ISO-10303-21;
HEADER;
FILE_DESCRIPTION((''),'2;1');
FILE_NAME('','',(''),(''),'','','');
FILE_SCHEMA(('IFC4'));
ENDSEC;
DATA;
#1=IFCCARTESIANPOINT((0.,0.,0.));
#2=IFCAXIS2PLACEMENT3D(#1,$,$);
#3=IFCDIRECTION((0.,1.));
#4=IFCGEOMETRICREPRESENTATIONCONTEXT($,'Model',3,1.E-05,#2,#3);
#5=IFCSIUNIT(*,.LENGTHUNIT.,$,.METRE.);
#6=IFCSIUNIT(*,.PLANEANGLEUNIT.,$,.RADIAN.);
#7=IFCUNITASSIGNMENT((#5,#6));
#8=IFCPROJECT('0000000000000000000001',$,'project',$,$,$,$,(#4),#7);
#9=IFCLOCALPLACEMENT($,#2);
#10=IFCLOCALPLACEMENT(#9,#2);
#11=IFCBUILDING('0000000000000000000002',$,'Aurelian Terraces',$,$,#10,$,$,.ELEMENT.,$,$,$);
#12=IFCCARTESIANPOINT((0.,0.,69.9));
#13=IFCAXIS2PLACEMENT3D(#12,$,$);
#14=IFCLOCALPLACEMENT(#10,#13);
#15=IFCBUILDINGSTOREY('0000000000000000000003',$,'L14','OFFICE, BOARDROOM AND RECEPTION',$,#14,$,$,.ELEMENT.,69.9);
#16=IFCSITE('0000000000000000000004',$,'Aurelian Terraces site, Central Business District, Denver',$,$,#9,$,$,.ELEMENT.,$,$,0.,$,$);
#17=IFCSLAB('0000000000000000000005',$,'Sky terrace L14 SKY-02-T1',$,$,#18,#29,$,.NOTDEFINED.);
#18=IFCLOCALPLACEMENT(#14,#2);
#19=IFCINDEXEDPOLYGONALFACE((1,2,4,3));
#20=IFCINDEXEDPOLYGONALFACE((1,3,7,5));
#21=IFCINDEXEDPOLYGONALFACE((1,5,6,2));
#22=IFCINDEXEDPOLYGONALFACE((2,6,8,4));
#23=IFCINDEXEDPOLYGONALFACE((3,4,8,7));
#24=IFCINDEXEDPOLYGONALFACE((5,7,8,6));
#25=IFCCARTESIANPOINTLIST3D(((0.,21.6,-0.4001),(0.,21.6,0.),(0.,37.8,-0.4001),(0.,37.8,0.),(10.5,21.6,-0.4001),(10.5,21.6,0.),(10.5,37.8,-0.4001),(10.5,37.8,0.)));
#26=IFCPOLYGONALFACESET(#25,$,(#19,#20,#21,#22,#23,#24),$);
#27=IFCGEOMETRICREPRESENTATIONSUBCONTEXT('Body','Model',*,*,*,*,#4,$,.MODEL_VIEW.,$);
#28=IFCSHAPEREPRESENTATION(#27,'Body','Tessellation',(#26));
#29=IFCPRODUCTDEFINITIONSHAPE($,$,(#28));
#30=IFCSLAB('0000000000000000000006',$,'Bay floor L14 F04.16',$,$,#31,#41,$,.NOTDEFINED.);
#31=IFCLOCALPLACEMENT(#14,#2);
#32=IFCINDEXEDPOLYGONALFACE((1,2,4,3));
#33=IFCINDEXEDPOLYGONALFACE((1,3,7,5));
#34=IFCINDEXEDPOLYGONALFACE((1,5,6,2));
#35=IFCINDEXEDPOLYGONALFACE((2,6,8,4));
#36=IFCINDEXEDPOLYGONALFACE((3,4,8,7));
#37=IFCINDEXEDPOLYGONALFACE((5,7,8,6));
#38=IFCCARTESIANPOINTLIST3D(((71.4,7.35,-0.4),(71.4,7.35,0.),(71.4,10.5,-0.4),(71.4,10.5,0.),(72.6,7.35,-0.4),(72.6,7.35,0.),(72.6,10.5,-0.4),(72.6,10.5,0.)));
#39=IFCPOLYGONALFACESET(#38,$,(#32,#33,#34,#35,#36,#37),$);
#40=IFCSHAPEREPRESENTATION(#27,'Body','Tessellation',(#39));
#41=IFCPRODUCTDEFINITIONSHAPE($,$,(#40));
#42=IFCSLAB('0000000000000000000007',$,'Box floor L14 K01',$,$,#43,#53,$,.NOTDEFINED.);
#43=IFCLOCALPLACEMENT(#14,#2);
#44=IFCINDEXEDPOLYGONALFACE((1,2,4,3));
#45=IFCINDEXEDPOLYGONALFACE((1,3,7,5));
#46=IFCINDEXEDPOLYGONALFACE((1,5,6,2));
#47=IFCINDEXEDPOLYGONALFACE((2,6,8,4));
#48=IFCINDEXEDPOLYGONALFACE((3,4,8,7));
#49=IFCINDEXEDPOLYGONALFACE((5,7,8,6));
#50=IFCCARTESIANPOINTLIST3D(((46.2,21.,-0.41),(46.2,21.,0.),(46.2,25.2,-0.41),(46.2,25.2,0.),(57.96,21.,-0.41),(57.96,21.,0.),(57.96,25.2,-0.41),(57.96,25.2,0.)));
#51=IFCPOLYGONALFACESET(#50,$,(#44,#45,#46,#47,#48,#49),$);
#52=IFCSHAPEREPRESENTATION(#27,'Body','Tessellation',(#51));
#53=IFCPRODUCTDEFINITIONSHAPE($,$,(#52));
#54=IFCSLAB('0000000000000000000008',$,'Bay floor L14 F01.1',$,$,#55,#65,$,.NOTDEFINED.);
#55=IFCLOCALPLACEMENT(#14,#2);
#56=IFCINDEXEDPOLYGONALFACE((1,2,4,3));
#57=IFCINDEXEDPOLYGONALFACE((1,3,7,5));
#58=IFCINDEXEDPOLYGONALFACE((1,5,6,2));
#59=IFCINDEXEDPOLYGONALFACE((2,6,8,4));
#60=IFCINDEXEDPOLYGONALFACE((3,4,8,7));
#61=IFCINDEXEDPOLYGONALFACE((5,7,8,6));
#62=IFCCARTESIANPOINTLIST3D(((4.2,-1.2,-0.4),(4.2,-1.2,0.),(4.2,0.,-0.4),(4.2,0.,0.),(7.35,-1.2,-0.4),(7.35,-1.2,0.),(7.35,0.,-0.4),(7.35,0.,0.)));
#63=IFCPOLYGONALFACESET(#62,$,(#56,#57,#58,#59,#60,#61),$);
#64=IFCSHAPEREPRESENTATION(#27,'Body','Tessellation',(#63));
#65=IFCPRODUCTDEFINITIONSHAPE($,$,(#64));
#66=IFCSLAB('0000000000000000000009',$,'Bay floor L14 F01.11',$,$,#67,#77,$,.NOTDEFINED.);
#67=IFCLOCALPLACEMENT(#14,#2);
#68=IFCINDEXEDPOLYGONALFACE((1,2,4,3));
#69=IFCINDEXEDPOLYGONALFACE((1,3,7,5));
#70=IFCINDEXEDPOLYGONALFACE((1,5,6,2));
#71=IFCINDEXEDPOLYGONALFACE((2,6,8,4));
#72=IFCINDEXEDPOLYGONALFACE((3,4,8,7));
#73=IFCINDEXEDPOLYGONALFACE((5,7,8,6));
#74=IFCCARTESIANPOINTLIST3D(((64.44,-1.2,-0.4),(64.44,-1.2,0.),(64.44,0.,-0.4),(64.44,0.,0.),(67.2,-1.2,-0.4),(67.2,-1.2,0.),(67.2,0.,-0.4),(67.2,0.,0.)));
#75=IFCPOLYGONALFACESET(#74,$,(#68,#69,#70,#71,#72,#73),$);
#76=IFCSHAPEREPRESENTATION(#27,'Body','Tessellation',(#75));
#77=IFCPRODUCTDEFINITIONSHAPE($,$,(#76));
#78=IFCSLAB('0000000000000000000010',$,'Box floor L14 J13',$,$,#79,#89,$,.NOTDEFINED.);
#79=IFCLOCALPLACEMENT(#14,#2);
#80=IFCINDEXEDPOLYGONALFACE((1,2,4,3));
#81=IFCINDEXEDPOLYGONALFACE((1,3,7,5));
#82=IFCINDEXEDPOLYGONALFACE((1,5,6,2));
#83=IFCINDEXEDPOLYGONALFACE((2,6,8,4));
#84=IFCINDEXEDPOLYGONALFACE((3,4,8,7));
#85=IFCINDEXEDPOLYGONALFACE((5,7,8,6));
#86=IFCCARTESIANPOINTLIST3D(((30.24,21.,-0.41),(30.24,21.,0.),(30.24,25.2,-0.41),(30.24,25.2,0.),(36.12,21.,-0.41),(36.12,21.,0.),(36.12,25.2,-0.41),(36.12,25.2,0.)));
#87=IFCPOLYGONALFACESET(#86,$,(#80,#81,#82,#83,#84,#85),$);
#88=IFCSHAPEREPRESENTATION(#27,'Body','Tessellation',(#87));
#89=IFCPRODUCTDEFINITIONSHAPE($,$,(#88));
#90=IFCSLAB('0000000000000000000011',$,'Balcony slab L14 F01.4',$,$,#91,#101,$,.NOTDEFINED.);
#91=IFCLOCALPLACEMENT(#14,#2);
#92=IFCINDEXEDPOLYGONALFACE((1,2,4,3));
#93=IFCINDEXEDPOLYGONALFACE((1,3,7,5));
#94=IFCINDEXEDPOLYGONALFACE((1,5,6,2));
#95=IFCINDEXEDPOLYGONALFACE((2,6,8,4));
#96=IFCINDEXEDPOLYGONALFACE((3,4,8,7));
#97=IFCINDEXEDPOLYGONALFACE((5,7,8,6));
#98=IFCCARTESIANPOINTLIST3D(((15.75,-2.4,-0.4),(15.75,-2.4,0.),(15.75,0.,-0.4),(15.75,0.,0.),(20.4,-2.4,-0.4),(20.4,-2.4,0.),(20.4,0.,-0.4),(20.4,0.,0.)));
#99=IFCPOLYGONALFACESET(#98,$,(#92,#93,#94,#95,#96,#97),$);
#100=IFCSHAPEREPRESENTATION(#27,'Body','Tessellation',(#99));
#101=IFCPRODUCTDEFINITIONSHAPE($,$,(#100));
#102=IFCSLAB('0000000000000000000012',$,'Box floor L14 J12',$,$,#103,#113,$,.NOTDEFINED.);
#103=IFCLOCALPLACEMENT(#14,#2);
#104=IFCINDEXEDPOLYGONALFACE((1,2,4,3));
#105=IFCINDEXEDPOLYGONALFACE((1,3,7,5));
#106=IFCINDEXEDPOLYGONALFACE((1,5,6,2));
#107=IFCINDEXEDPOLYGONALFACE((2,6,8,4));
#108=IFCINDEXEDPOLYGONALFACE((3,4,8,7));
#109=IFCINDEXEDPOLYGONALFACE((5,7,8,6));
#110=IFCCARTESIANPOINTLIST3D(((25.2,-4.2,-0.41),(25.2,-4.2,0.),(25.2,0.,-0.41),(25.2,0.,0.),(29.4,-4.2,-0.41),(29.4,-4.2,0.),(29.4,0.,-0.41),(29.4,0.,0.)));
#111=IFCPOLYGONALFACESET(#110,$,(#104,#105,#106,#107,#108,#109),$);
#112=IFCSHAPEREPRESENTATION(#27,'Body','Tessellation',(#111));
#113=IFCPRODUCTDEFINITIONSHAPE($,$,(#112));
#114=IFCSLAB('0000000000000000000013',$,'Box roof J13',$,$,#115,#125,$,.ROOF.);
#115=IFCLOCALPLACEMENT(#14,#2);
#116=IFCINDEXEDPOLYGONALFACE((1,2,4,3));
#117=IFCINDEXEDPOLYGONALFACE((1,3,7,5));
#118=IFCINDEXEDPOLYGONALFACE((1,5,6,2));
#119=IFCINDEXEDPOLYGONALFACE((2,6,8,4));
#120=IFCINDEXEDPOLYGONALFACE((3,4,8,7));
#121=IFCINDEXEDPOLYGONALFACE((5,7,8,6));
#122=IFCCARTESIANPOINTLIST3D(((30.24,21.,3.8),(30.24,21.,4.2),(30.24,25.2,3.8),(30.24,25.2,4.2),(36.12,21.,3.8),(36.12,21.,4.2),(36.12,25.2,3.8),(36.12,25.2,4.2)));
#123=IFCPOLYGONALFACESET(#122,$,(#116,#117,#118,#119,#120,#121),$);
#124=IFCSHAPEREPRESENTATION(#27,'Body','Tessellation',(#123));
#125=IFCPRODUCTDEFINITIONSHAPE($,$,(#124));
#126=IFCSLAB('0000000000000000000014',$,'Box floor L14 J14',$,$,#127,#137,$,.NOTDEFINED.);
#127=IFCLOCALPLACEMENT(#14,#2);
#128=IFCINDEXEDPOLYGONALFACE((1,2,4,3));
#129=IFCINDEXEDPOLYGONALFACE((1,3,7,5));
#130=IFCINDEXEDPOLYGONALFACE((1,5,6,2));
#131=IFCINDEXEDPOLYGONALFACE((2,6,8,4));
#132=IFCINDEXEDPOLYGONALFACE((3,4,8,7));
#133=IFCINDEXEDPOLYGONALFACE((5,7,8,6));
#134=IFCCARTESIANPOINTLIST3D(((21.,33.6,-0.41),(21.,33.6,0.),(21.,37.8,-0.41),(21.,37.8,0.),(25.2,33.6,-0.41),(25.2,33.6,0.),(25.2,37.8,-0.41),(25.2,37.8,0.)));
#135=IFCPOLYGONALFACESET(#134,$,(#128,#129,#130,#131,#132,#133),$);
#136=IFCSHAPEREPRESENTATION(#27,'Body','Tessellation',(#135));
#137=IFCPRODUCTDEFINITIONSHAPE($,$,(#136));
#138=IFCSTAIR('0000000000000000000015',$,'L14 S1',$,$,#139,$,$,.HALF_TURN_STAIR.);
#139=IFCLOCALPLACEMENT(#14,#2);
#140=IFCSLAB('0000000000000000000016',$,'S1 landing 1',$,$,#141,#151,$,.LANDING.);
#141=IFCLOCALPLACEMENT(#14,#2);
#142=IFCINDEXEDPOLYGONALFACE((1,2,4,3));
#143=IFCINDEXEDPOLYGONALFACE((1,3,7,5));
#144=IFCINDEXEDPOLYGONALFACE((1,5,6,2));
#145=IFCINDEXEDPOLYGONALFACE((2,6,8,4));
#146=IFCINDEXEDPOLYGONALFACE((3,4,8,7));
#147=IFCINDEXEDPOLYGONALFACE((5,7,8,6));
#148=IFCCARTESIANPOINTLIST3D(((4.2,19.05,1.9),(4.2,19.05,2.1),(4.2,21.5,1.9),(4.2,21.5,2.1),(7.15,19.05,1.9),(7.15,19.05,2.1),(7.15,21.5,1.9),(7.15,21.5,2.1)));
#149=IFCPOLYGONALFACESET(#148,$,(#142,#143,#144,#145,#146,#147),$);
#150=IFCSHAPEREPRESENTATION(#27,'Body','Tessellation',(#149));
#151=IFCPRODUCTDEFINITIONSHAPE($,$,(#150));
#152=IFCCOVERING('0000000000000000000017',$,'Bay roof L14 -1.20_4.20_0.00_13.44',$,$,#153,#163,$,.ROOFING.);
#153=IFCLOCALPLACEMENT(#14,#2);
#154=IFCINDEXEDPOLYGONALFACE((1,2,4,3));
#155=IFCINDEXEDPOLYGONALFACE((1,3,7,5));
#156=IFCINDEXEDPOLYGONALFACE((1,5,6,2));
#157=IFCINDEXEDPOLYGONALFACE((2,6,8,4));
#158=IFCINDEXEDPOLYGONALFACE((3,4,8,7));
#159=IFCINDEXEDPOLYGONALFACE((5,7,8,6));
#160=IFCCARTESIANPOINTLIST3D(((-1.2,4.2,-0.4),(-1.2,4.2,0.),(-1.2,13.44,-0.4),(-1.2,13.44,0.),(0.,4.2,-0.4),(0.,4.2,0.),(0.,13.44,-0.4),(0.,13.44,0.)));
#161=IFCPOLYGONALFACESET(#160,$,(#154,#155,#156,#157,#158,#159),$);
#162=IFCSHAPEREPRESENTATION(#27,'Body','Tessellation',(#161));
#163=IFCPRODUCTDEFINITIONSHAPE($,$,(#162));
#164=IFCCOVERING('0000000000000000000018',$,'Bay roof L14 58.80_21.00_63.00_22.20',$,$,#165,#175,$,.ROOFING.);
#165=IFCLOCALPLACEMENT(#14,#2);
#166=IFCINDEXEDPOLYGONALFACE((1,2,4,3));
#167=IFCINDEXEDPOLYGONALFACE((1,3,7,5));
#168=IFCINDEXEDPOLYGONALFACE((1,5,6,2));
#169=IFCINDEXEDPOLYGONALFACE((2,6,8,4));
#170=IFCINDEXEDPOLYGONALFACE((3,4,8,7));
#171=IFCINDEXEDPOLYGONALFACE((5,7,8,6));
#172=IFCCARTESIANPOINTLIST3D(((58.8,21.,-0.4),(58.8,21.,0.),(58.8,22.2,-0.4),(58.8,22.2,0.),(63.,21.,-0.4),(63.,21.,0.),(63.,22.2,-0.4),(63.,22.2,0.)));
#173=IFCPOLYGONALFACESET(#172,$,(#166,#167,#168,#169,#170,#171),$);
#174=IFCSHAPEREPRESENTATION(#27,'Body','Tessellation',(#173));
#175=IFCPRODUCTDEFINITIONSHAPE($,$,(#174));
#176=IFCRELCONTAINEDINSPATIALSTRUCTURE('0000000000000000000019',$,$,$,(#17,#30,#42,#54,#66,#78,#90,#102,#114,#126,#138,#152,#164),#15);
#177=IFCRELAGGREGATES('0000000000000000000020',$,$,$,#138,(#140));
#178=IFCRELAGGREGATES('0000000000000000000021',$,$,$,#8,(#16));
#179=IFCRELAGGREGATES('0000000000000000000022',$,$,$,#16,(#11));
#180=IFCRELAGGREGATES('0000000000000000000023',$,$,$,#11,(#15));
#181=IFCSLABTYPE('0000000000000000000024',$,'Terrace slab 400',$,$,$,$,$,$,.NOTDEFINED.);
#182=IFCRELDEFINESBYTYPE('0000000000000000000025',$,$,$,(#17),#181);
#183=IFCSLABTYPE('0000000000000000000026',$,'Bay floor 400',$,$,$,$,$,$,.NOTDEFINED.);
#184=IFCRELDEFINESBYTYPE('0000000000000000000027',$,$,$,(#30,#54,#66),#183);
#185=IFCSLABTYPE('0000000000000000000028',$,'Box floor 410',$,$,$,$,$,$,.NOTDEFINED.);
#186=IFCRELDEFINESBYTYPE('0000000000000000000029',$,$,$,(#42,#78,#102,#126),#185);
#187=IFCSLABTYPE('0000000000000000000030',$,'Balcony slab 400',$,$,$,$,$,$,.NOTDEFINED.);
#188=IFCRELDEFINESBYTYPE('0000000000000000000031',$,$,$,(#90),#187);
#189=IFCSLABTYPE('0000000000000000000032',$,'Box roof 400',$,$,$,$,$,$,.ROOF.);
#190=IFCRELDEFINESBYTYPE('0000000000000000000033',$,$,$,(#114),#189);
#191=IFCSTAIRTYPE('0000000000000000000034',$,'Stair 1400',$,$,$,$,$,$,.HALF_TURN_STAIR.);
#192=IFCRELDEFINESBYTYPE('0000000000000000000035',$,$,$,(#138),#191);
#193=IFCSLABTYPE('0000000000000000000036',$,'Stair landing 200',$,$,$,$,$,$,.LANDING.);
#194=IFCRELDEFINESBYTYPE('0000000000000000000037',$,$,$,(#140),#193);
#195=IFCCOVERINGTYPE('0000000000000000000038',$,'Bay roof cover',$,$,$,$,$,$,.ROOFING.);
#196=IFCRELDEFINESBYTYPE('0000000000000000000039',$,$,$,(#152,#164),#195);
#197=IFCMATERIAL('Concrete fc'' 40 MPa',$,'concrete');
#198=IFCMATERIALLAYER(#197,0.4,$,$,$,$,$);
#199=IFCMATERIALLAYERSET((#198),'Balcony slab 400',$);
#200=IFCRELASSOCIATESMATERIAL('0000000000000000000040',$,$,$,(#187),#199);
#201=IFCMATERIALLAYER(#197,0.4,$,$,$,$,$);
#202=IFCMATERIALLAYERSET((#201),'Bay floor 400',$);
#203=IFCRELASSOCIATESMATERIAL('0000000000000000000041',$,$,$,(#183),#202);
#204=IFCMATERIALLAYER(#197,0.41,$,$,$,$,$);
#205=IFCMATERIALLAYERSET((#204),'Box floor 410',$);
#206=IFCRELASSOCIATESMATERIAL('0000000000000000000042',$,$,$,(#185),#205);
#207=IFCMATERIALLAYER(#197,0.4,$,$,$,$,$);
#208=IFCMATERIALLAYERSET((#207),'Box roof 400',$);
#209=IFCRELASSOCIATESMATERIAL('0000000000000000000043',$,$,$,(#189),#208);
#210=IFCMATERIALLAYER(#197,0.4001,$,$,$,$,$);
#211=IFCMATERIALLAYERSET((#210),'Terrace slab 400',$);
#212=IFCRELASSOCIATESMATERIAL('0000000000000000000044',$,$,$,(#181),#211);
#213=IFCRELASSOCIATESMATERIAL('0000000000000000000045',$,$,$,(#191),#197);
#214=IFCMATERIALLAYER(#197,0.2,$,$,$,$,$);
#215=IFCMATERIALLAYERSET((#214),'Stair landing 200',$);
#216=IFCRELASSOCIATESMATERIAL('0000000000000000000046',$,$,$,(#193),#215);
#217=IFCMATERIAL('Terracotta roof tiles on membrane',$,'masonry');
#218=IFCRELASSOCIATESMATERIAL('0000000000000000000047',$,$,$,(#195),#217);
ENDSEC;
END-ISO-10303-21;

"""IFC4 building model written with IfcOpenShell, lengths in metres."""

from ifc_helpers import new_model, si_unit, direction, frame, origin, place, context, subcontext, project, spatial, polyline, outline, extrude, source, transform, mapped, material, layer, layer_set, type_object, element, aggregate, save


model = new_model("IFC4")

# Units and contexts
model_context = context("Model", 3, precision=1e-05, world=origin(), true_north=direction((0.0, 1.0)))
body_context = subcontext(model_context, "Body", "Model", "MODEL_VIEW")
ifc_project = project(units=[si_unit("LENGTHUNIT", "METRE"), si_unit("PLANEANGLEUNIT", "RADIAN")], contexts=[model_context])

# Site, building, storey
site_placement = place(None, origin())
site = spatial("IfcSite", under=ifc_project, at=site_placement, Name="Aurelian Terraces site, Central Business District, Denver", CompositionType="ELEMENT", RefElevation=0.0)
building_placement = place(site_placement, origin())
building = spatial("IfcBuilding", under=site, at=building_placement, Name="Aurelian Terraces", CompositionType="ELEMENT")
storey_placement = place(building_placement, frame((0.0, 0.0, 69.9)))
storey = spatial("IfcBuildingStorey", under=building, at=storey_placement, Name="L14", Description="OFFICE, BOARDROOM AND RECEPTION", CompositionType="ELEMENT", Elevation=69.9)

# Shared definitions
ifc_material_1 = material(Name="Concrete fc' 40 MPa", Category="concrete")
ifc_layer_1 = layer(ifc_material_1, 0.4)
ifc_layer_set_1 = layer_set([ifc_layer_1], Name="Balcony slab 400")
slab_type_1 = type_object("IfcSlabType", Name="Balcony slab 400", PredefinedType="NOTDEFINED", material=ifc_layer_set_1)
ifc_layer_2 = layer(ifc_material_1, 0.4)
ifc_layer_set_2 = layer_set([ifc_layer_2], Name="Bay floor 400")
slab_type_2 = type_object("IfcSlabType", Name="Bay floor 400", PredefinedType="NOTDEFINED", material=ifc_layer_set_2)
ifc_layer_3 = layer(ifc_material_1, 0.41)
ifc_layer_set_3 = layer_set([ifc_layer_3], Name="Box floor 410")
slab_type_3 = type_object("IfcSlabType", Name="Box floor 410", PredefinedType="NOTDEFINED", material=ifc_layer_set_3)
ifc_layer_4 = layer(ifc_material_1, 0.4)
ifc_layer_set_4 = layer_set([ifc_layer_4], Name="Box roof 400")
slab_type_4 = type_object("IfcSlabType", Name="Box roof 400", PredefinedType="ROOF", material=ifc_layer_set_4)

# Slabs
ifc_layer_5 = layer(ifc_material_1, 0.4001)
ifc_layer_set_5 = layer_set([ifc_layer_5], Name="Terrace slab 400")
slab_type_5 = type_object("IfcSlabType", Name="Terrace slab 400", PredefinedType="NOTDEFINED", material=ifc_layer_set_5)
slab_1_placement = place(storey_placement, frame((0.0, 0.0, -0.4001)))
element("IfcSlab", 1, at=slab_1_placement, inside=storey, type_object=slab_type_5, Name="Sky terrace L14 SKY-02-T1", PredefinedType="NOTDEFINED", context=body_context, shape_type="SweptSolid", body=[
    extrude(outline(polyline([(10.5, 21.6), (0.0, 21.6), (0.0, 37.8), (10.5, 37.8), (10.5, 21.6)])), origin(), (0.0, 0.0, 1.0), 0.4001),
])
shared_shape_1 = source(origin(), body_context, "Body", "SweptSolid", [
    extrude(outline(polyline([(71.4, 7.35), (71.4, 10.5), (72.6, 10.5), (72.6, 7.35), (71.4, 7.35)])), origin(), (0.0, 0.0, 1.0), 0.4),
])
slab_2_placement = place(storey_placement, frame((0.0, 0.0, -0.4)))
element("IfcSlab", 2, at=slab_2_placement, inside=storey, type_object=slab_type_2, Name="Bay floor L14 F04.16", PredefinedType="NOTDEFINED", context=body_context, shape_type="MappedRepresentation", body=[
    mapped(shared_shape_1, transform((0.0, 0.0, 0.0), scale=1.0)),
])
shared_shape_2 = source(origin(), body_context, "Body", "SweptSolid", [
    extrude(outline(polyline([(57.96, 25.2), (46.2, 25.2), (46.2, 21.0), (57.96, 21.0), (57.96, 25.2)])), origin(), (0.0, 0.0, 1.0), 0.41),
])
slab_3_placement = place(storey_placement, frame((0.0, 0.0, -0.41)))
element("IfcSlab", 3, at=slab_3_placement, inside=storey, type_object=slab_type_3, Name="Box floor L14 K01", PredefinedType="NOTDEFINED", context=body_context, shape_type="MappedRepresentation", body=[
    mapped(shared_shape_2, transform((0.0, 0.0, 0.0), scale=1.0)),
])
shared_shape_3 = source(origin(), body_context, "Body", "SweptSolid", [
    extrude(outline(polyline([(4.2, 0.0), (7.35, 0.0), (7.35, -1.2), (4.2, -1.2), (4.2, 0.0)])), origin(), (0.0, 0.0, 1.0), 0.4),
])
slab_4_placement = place(storey_placement, frame((0.0, 0.0, -0.4)))
element("IfcSlab", 4, at=slab_4_placement, inside=storey, type_object=slab_type_2, Name="Bay floor L14 F01.1", PredefinedType="NOTDEFINED", context=body_context, shape_type="MappedRepresentation", body=[
    mapped(shared_shape_3, transform((0.0, 0.0, 0.0), scale=1.0)),
])
shared_shape_4 = source(origin(), body_context, "Body", "SweptSolid", [
    extrude(outline(polyline([(64.44, 0.0), (67.2, 0.0), (67.2, -1.2), (64.44, -1.2), (64.44, 0.0)])), origin(), (0.0, 0.0, 1.0), 0.4),
])
slab_5_placement = place(storey_placement, frame((0.0, 0.0, -0.4)))
element("IfcSlab", 5, at=slab_5_placement, inside=storey, type_object=slab_type_2, Name="Bay floor L14 F01.11", PredefinedType="NOTDEFINED", context=body_context, shape_type="MappedRepresentation", body=[
    mapped(shared_shape_4, transform((0.0, 0.0, 0.0), scale=1.0)),
])
shared_shape_5 = source(origin(), body_context, "Body", "SweptSolid", [
    extrude(outline(polyline([(36.12, 25.2), (30.24, 25.2), (30.24, 21.0), (36.12, 21.0), (36.12, 25.2)])), origin(), (0.0, 0.0, 1.0), 0.41),
])
slab_6_placement = place(storey_placement, frame((0.0, 0.0, -0.41)))
element("IfcSlab", 6, at=slab_6_placement, inside=storey, type_object=slab_type_3, Name="Box floor L14 J13", PredefinedType="NOTDEFINED", context=body_context, shape_type="MappedRepresentation", body=[
    mapped(shared_shape_5, transform((0.0, 0.0, 0.0), scale=1.0)),
])
shared_shape_6 = source(origin(), body_context, "Body", "SweptSolid", [
    extrude(outline(polyline([(15.75, 0.0), (20.4, 0.0), (20.4, -2.4), (15.75, -2.4), (15.75, 0.0)])), origin(), (0.0, 0.0, 1.0), 0.4),
])
slab_7_placement = place(storey_placement, frame((0.0, 0.0, -0.4)))
element("IfcSlab", 7, at=slab_7_placement, inside=storey, type_object=slab_type_1, Name="Balcony slab L14 F01.4", PredefinedType="NOTDEFINED", context=body_context, shape_type="MappedRepresentation", body=[
    mapped(shared_shape_6, transform((0.0, 0.0, 0.0), scale=1.0)),
])
shared_shape_7 = source(origin(), body_context, "Body", "SweptSolid", [
    extrude(outline(polyline([(25.2, -4.2), (29.4, -4.2), (29.4, 0.0), (25.2, 0.0), (25.2, -4.2)])), origin(), (0.0, 0.0, 1.0), 0.41),
])
slab_8_placement = place(storey_placement, frame((0.0, 0.0, -0.41)))
element("IfcSlab", 8, at=slab_8_placement, inside=storey, type_object=slab_type_3, Name="Box floor L14 J12", PredefinedType="NOTDEFINED", context=body_context, shape_type="MappedRepresentation", body=[
    mapped(shared_shape_7, transform((0.0, 0.0, 0.0), scale=1.0)),
])
shared_shape_8 = source(origin(), body_context, "Body", "SweptSolid", [
    extrude(outline(polyline([(36.12, 25.2), (30.24, 25.2), (30.24, 21.0), (36.12, 21.0), (36.12, 25.2)])), origin(), (0.0, 0.0, 1.0), 0.4),
])
slab_9_placement = place(storey_placement, frame((0.0, 0.0, 3.8)))
element("IfcSlab", 9, at=slab_9_placement, inside=storey, type_object=slab_type_4, Name="Box roof J13", PredefinedType="ROOF", context=body_context, shape_type="MappedRepresentation", body=[
    mapped(shared_shape_8, transform((0.0, 0.0, 0.0), scale=1.0)),
])
shared_shape_9 = source(origin(), body_context, "Body", "SweptSolid", [
    extrude(outline(polyline([(25.2, 33.6), (25.2, 37.8), (21.0, 37.8), (21.0, 33.6), (25.2, 33.6)])), origin(), (0.0, 0.0, 1.0), 0.41),
])
slab_10_placement = place(storey_placement, frame((0.0, 0.0, -0.41)))
element("IfcSlab", 10, at=slab_10_placement, inside=storey, type_object=slab_type_3, Name="Box floor L14 J14", PredefinedType="NOTDEFINED", context=body_context, shape_type="MappedRepresentation", body=[
    mapped(shared_shape_9, transform((0.0, 0.0, 0.0), scale=1.0)),
])

# Stair, slab
stair_type = type_object("IfcStairType", Name="Stair 1400", PredefinedType="HALF_TURN_STAIR", material=ifc_material_1)
stair_placement = place(storey_placement, origin())
stair = element("IfcStair", 11, at=stair_placement, inside=storey, type_object=stair_type, Name="L14 S1", PredefinedType="HALF_TURN_STAIR")
ifc_layer_6 = layer(ifc_material_1, 0.2)
ifc_layer_set_6 = layer_set([ifc_layer_6], Name="Stair landing 200")
slab_type_6 = type_object("IfcSlabType", Name="Stair landing 200", PredefinedType="LANDING", material=ifc_layer_set_6)
shared_shape_10 = source(origin(), body_context, "Body", "SweptSolid", [
    extrude(outline(polyline([(7.15, 19.05), (7.15, 21.5), (4.2, 21.5), (4.2, 19.05), (7.15, 19.05)])), origin(), (0.0, 0.0, 1.0), 0.2),
])
slab_11_placement = place(storey_placement, frame((0.0, 0.0, 1.9)))
slab_11 = element("IfcSlab", 12, at=slab_11_placement, type_object=slab_type_6, Name="S1 landing 1", PredefinedType="LANDING", context=body_context, shape_type="MappedRepresentation", body=[
    mapped(shared_shape_10, transform((0.0, 0.0, 0.0), scale=1.0)),
])
aggregate(stair, [slab_11])

# Coverings
ifc_material_2 = material(Name="Terracotta roof tiles on membrane", Category="masonry")
covering_type_1 = type_object("IfcCoveringType", Name="Bay roof cover", PredefinedType="ROOFING", material=ifc_material_2)
covering_1_placement = place(storey_placement, frame((0.0, 0.0, -0.4)))
element("IfcCovering", 13, at=covering_1_placement, inside=storey, type_object=covering_type_1, Name="Bay roof L14 -1.20_4.20_0.00_13.44", PredefinedType="ROOFING", context=body_context, shape_type="SweptSolid", body=[
    extrude(outline(polyline([(0.0, 4.2), (-1.2, 4.2), (-1.2, 13.44), (0.0, 13.44), (0.0, 4.2)])), origin(), (0.0, 0.0, 1.0), 0.4),
])
covering_2_placement = place(storey_placement, frame((0.0, 0.0, -0.4)))
element("IfcCovering", 14, at=covering_2_placement, inside=storey, type_object=covering_type_1, Name="Bay roof L14 58.80_21.00_63.00_22.20", PredefinedType="ROOFING", context=body_context, shape_type="SweptSolid", body=[
    extrude(outline(polyline([(58.8, 21.0), (58.8, 22.2), (63.0, 22.2), (63.0, 21.0), (58.8, 21.0)])), origin(), (0.0, 0.0, 1.0), 0.4),
])

save(model, "model.ifc")
